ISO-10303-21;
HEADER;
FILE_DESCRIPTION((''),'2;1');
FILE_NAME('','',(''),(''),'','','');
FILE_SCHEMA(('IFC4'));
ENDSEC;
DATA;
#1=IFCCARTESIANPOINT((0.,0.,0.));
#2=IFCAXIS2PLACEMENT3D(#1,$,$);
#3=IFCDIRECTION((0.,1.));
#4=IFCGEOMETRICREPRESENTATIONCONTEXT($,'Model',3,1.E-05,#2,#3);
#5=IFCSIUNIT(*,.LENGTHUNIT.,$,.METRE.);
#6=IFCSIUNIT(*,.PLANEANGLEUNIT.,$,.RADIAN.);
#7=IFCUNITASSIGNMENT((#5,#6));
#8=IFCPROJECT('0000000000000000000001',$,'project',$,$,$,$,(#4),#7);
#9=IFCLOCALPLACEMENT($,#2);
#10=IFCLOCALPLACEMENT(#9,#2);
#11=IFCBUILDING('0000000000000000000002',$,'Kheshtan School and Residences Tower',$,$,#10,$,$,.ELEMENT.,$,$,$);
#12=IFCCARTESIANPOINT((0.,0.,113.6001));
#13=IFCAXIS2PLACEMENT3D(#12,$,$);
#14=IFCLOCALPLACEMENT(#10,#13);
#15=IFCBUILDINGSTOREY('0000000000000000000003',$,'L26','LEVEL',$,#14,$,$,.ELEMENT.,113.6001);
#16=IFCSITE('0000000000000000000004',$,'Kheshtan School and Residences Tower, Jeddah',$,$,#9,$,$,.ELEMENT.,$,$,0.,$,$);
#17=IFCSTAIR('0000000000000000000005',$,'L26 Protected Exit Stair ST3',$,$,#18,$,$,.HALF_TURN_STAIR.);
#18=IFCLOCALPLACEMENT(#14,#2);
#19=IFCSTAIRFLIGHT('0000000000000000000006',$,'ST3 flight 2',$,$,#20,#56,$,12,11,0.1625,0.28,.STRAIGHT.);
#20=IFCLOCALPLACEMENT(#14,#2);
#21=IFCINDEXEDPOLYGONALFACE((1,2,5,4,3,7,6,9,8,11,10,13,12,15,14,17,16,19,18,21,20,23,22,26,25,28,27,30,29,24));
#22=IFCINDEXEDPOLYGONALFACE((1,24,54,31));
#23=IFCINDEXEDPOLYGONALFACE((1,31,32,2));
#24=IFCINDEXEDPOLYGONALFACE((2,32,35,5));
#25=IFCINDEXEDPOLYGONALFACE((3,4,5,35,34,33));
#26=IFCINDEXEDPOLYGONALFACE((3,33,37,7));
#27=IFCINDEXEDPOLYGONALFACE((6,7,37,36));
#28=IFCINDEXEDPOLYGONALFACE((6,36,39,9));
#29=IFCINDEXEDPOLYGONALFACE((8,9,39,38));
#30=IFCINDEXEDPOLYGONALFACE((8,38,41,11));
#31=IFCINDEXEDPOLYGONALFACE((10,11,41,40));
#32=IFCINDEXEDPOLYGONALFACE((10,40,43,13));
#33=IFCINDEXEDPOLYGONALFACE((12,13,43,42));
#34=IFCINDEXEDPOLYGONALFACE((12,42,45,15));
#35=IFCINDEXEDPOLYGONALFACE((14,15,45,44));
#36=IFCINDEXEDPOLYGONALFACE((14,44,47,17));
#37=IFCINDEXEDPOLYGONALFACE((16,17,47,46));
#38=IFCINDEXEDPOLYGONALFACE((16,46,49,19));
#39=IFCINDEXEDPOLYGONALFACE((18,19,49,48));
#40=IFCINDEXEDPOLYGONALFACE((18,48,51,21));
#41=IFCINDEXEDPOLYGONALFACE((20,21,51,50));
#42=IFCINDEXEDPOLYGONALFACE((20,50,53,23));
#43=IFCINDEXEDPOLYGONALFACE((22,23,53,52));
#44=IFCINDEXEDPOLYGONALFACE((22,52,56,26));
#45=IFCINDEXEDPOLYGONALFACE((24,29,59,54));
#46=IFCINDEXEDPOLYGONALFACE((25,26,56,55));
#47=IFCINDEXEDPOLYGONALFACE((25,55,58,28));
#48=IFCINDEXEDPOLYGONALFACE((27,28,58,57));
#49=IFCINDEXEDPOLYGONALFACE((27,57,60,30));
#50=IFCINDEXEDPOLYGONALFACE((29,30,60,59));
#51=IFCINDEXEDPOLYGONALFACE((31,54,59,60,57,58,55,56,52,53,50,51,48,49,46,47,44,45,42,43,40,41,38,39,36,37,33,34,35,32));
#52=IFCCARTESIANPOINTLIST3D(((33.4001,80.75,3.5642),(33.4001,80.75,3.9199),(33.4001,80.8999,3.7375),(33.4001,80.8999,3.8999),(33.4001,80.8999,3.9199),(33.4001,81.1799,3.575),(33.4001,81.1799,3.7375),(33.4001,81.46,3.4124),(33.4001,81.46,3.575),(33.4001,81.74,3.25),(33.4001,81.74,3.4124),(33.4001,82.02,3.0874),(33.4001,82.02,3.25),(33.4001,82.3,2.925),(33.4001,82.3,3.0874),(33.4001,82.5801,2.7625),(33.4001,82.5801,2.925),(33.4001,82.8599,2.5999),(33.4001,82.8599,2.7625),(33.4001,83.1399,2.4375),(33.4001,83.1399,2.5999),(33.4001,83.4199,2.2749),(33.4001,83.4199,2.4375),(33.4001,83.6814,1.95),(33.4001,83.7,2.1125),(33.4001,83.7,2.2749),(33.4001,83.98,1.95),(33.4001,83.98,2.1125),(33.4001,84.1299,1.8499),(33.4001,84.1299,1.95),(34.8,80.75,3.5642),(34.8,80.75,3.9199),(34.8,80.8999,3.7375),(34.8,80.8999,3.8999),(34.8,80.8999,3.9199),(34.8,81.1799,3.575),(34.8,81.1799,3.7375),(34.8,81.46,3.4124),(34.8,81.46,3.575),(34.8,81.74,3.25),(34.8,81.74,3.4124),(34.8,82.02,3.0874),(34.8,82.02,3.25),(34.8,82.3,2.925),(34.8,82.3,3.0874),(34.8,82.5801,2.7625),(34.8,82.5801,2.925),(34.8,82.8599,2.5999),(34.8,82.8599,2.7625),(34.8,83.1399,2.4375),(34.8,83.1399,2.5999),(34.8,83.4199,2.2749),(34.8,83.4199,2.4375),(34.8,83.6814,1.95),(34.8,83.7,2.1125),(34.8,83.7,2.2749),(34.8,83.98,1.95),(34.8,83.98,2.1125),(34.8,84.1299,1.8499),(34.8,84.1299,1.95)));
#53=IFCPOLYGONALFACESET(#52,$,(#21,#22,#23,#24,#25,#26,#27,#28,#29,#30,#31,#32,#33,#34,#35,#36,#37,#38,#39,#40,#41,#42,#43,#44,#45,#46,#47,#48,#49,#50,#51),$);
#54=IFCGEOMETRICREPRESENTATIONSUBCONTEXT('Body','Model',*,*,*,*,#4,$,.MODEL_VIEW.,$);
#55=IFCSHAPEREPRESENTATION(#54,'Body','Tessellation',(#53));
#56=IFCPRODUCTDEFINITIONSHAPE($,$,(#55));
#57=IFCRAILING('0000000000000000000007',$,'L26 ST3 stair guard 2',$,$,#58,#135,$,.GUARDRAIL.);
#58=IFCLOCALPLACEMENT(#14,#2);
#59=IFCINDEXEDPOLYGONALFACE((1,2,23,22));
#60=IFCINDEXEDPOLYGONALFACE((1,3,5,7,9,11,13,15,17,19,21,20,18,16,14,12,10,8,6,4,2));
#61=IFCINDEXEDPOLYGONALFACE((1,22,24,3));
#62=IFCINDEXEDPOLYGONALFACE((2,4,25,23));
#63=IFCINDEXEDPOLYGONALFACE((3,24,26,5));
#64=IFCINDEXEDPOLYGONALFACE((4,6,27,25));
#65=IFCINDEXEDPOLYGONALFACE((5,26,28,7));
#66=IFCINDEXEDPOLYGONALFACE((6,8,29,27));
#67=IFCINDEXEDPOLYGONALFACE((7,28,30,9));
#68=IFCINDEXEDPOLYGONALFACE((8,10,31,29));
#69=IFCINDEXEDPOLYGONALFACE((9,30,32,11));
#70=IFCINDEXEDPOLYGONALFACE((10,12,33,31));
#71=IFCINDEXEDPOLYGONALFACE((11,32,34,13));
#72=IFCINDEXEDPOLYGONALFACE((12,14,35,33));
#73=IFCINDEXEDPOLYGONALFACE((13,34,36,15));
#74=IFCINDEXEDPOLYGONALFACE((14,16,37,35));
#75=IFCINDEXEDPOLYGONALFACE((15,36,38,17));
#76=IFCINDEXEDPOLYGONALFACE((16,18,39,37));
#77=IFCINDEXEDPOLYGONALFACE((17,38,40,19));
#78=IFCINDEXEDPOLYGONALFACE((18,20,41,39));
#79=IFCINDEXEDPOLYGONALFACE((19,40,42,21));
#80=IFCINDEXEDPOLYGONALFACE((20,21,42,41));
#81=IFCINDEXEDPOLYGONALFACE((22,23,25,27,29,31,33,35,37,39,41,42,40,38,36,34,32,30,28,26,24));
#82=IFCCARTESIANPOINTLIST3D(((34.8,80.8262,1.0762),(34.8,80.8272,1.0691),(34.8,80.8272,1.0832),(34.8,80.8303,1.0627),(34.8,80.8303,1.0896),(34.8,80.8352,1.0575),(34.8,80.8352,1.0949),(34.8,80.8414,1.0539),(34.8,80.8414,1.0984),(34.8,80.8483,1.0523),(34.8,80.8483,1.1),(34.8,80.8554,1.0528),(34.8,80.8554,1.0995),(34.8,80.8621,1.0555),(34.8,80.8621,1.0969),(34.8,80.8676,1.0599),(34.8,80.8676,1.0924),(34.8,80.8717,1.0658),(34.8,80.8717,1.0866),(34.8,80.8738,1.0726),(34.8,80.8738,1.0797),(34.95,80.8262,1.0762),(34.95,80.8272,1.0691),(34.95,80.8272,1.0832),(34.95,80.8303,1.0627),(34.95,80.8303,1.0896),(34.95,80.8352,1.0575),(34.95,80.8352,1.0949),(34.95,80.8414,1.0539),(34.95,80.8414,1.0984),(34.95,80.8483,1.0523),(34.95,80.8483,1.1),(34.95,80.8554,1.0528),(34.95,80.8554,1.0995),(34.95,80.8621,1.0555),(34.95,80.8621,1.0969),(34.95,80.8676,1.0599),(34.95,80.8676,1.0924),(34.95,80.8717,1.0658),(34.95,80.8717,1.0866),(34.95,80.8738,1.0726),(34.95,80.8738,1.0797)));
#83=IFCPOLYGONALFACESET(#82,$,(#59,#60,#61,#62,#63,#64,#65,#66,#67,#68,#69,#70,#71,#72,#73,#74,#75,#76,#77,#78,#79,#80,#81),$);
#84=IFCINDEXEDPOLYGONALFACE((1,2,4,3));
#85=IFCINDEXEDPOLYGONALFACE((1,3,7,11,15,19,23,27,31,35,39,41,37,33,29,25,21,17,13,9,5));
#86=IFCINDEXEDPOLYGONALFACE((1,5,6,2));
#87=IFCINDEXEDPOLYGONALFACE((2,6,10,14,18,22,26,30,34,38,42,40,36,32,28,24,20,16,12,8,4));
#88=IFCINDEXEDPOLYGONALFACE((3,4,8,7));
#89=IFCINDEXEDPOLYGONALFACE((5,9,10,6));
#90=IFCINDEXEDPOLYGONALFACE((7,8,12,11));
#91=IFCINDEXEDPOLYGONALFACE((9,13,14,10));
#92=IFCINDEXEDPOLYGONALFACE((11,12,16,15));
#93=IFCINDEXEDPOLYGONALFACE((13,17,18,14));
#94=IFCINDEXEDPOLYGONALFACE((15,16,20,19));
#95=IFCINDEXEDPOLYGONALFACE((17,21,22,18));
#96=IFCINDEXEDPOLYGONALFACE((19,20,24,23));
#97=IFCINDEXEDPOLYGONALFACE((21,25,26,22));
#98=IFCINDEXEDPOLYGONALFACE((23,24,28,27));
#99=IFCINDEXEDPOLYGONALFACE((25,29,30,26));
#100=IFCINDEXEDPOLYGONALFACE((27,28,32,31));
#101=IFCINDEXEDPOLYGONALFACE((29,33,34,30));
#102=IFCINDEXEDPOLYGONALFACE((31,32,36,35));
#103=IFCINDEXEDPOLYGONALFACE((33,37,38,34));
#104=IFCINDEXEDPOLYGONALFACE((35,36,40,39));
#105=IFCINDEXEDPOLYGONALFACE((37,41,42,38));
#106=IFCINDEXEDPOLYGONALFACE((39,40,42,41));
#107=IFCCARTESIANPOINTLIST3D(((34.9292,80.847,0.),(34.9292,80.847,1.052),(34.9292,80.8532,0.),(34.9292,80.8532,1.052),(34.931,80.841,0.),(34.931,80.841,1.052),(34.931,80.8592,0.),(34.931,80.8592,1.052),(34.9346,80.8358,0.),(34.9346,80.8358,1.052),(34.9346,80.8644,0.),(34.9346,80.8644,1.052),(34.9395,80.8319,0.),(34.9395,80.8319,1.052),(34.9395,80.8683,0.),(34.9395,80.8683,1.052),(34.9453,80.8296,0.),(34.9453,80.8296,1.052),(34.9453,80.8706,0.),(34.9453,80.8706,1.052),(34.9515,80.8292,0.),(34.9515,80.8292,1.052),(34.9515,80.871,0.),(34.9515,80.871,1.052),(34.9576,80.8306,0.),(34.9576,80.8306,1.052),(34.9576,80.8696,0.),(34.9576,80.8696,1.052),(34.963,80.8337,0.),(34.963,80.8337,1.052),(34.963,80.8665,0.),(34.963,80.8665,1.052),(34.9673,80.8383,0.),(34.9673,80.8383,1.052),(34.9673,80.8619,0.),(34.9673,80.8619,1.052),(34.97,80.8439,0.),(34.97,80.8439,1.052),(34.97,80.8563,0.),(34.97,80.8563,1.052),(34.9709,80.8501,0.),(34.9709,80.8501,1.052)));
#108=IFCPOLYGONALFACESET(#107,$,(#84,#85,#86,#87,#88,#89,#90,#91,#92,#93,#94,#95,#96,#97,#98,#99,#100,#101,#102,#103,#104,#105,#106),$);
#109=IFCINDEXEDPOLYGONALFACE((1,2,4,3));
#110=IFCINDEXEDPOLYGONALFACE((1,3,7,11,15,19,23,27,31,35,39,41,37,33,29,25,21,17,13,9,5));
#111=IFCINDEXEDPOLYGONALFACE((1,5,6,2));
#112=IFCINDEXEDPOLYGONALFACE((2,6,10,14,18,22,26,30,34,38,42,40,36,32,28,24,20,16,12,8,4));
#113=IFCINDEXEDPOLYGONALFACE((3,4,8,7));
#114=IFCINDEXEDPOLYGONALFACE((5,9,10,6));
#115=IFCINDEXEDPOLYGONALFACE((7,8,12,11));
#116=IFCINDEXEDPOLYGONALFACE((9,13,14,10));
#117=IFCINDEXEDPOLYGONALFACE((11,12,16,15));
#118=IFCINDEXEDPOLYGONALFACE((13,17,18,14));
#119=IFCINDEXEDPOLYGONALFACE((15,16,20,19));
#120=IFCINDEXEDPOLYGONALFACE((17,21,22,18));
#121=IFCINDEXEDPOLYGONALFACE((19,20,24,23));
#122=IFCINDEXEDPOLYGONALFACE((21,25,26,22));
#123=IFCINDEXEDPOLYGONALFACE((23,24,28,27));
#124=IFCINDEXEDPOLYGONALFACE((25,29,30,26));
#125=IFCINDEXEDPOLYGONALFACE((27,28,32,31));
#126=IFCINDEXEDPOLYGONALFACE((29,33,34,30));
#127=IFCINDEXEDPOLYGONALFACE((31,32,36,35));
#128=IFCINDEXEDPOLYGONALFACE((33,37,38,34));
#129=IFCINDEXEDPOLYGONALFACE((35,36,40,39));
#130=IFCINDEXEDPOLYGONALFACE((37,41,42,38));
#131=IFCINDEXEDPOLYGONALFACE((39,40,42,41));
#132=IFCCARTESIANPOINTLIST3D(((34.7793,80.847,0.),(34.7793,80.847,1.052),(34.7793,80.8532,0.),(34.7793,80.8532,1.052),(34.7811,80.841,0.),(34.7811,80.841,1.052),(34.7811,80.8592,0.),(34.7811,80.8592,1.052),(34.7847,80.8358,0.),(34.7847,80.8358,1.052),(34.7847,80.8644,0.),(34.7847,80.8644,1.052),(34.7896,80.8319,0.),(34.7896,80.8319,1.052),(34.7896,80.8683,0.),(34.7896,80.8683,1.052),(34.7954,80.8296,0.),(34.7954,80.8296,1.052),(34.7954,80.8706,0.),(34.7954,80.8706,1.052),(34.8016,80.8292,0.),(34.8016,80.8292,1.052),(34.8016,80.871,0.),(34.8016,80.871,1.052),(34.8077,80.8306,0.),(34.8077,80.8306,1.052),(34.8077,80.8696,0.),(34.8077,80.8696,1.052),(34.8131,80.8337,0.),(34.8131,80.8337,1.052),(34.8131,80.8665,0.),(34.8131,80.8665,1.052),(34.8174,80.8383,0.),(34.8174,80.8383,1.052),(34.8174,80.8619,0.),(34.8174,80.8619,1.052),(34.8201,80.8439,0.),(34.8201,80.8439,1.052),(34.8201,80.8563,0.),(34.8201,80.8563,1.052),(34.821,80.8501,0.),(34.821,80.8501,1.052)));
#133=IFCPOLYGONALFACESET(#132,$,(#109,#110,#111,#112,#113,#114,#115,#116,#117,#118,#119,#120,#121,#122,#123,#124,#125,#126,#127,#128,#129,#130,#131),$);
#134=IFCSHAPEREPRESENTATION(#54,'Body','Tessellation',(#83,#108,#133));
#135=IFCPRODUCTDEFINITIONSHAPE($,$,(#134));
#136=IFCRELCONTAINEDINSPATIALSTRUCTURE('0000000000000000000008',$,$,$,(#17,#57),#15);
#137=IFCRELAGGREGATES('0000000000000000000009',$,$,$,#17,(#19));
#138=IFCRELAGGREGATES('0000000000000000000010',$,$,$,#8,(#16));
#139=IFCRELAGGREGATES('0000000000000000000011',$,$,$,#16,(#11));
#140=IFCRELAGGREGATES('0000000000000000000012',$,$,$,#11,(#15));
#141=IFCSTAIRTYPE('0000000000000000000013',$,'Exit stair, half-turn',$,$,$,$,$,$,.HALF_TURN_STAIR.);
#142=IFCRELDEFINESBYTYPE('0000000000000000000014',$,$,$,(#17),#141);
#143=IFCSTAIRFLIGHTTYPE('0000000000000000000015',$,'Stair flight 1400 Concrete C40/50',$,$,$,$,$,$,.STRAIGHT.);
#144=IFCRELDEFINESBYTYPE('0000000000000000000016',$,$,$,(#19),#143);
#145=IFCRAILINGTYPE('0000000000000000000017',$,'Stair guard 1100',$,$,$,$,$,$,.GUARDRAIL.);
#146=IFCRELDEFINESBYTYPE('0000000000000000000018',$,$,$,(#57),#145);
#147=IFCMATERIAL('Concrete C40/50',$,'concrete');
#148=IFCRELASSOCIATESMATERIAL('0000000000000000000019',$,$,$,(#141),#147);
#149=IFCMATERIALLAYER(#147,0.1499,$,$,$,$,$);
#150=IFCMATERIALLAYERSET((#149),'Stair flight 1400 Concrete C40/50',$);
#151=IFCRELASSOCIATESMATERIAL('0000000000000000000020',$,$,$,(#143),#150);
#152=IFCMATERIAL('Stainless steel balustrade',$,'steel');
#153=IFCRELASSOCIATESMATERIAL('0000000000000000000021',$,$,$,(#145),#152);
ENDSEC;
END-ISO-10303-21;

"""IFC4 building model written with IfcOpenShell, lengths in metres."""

from ifc_helpers import new_model, si_unit, direction, frame, origin, origin_2d, place, context, subcontext, project, spatial, polyline, circle, outline, extrude, material, layer, layer_set, type_object, element, aggregate, save


model = new_model("IFC4")

# Units and contexts
model_context = context("Model", 3, precision=1e-05, world=origin(), true_north=direction((0.0, 1.0)))
body_context = subcontext(model_context, "Body", "Model", "MODEL_VIEW")
ifc_project = project(units=[si_unit("LENGTHUNIT", "METRE"), si_unit("PLANEANGLEUNIT", "RADIAN")], contexts=[model_context])

# Site, building, storey
site_placement = place(None, origin())
site = spatial("IfcSite", under=ifc_project, at=site_placement, Name="Kheshtan School and Residences Tower, Jeddah", CompositionType="ELEMENT", RefElevation=0.0)
building_placement = place(site_placement, origin())
building = spatial("IfcBuilding", under=site, at=building_placement, Name="Kheshtan School and Residences Tower", CompositionType="ELEMENT")
storey_placement = place(building_placement, frame((0.0, 0.0, 113.6001)))
storey = spatial("IfcBuildingStorey", under=building, at=storey_placement, Name="L26", Description="LEVEL", CompositionType="ELEMENT", Elevation=113.6001)

# Shared definitions
ifc_material_1 = material(Name="Concrete C40/50", Category="concrete")

# Stair, stair flight
stair_type = type_object("IfcStairType", Name="Exit stair, half-turn", PredefinedType="HALF_TURN_STAIR", material=ifc_material_1)
stair_placement = place(storey_placement, origin())
stair = element("IfcStair", 1, at=stair_placement, inside=storey, type_object=stair_type, Name="L26 Protected Exit Stair ST3", PredefinedType="HALF_TURN_STAIR")
ifc_layer_1 = layer(ifc_material_1, 0.1499)
ifc_layer_set_1 = layer_set([ifc_layer_1], Name="Stair flight 1400 Concrete C40/50")
stair_flight_type = type_object("IfcStairFlightType", Name="Stair flight 1400 Concrete C40/50", PredefinedType="STRAIGHT", material=ifc_layer_set_1)
stair_flight_1_placement = place(storey_placement, frame((34.1001, 83.98, 1.95), z_axis=(0.0, 0.0, 1.0), x_axis=(0.0, -1.0, 0.0)))
stair_flight_1 = element("IfcStairFlight", 2, at=stair_flight_1_placement, type_object=stair_flight_type, Name="ST3 flight 2", NumberOfRisers=12, NumberOfTreads=11, PredefinedType="STRAIGHT", RiserHeight=0.1625, TreadLength=0.28, context=body_context, shape_type="SweptSolid", body=[
    extrude(outline(polyline([(-0.1499, -0.1001), (-0.1499, 0.0), (0.0, 0.0), (0.0, 0.1626), (0.28, 0.1626), (0.28, 0.325), (0.5601, 0.325), (0.5601, 0.4875), (0.8401, 0.4875), (0.8401, 0.6499), (1.1201, 0.6499), (1.1201, 0.8125), (1.3999, 0.8125), (1.3999, 0.9751), (1.6799, 0.9751), (1.6799, 1.1375), (1.96, 1.1375), (1.96, 1.3), (2.24, 1.3), (2.24, 1.4624), (2.52, 1.4624), (2.52, 1.625), (2.8, 1.625), (2.8, 1.7876), (3.0801, 1.7876), (3.0801, 1.95), (3.0801, 1.97), (3.23, 1.97), (3.23, 1.6143), (0.2986, 0.0), (-0.1499, -0.1001)])), frame((0.0, 0.7, 0.0), z_axis=(0.0, -1.0, 0.0), x_axis=(1.0, 0.0, 0.0)), (0.0, 0.0, 1.0), 1.3999),
])
aggregate(stair, [stair_flight_1])

# Railing
ifc_material_2 = material(Name="Stainless steel balustrade", Category="steel")
railing_type_1 = type_object("IfcRailingType", Name="Stair guard 1100", PredefinedType="GUARDRAIL", material=ifc_material_2)
railing_1_placement = place(storey_placement, frame((34.95, 80.8501, 0.0)))
element("IfcRailing", 3, at=railing_1_placement, inside=storey, type_object=railing_type_1, Name="L26 ST3 stair guard 2", PredefinedType="GUARDRAIL", context=body_context, shape_type="SweptSolid", body=[
    extrude(circle(Radius=0.0239, at=origin_2d()), frame((0.0, 0.0, 1.0762), z_axis=(-1.0, 0.0, 0.0), x_axis=(0.0, -1.0, 0.0)), (0.0, 0.0, 1.0), 0.1499),
    extrude(circle(Radius=0.021, at=origin_2d()), origin(), (0.0, 0.0, 1.0), 1.052),
    extrude(circle(Radius=0.021, at=origin_2d()), frame((-0.1499, 0.0, 0.0)), (0.0, 0.0, 1.0), 1.052),
])

save(model, "model.ifc")
